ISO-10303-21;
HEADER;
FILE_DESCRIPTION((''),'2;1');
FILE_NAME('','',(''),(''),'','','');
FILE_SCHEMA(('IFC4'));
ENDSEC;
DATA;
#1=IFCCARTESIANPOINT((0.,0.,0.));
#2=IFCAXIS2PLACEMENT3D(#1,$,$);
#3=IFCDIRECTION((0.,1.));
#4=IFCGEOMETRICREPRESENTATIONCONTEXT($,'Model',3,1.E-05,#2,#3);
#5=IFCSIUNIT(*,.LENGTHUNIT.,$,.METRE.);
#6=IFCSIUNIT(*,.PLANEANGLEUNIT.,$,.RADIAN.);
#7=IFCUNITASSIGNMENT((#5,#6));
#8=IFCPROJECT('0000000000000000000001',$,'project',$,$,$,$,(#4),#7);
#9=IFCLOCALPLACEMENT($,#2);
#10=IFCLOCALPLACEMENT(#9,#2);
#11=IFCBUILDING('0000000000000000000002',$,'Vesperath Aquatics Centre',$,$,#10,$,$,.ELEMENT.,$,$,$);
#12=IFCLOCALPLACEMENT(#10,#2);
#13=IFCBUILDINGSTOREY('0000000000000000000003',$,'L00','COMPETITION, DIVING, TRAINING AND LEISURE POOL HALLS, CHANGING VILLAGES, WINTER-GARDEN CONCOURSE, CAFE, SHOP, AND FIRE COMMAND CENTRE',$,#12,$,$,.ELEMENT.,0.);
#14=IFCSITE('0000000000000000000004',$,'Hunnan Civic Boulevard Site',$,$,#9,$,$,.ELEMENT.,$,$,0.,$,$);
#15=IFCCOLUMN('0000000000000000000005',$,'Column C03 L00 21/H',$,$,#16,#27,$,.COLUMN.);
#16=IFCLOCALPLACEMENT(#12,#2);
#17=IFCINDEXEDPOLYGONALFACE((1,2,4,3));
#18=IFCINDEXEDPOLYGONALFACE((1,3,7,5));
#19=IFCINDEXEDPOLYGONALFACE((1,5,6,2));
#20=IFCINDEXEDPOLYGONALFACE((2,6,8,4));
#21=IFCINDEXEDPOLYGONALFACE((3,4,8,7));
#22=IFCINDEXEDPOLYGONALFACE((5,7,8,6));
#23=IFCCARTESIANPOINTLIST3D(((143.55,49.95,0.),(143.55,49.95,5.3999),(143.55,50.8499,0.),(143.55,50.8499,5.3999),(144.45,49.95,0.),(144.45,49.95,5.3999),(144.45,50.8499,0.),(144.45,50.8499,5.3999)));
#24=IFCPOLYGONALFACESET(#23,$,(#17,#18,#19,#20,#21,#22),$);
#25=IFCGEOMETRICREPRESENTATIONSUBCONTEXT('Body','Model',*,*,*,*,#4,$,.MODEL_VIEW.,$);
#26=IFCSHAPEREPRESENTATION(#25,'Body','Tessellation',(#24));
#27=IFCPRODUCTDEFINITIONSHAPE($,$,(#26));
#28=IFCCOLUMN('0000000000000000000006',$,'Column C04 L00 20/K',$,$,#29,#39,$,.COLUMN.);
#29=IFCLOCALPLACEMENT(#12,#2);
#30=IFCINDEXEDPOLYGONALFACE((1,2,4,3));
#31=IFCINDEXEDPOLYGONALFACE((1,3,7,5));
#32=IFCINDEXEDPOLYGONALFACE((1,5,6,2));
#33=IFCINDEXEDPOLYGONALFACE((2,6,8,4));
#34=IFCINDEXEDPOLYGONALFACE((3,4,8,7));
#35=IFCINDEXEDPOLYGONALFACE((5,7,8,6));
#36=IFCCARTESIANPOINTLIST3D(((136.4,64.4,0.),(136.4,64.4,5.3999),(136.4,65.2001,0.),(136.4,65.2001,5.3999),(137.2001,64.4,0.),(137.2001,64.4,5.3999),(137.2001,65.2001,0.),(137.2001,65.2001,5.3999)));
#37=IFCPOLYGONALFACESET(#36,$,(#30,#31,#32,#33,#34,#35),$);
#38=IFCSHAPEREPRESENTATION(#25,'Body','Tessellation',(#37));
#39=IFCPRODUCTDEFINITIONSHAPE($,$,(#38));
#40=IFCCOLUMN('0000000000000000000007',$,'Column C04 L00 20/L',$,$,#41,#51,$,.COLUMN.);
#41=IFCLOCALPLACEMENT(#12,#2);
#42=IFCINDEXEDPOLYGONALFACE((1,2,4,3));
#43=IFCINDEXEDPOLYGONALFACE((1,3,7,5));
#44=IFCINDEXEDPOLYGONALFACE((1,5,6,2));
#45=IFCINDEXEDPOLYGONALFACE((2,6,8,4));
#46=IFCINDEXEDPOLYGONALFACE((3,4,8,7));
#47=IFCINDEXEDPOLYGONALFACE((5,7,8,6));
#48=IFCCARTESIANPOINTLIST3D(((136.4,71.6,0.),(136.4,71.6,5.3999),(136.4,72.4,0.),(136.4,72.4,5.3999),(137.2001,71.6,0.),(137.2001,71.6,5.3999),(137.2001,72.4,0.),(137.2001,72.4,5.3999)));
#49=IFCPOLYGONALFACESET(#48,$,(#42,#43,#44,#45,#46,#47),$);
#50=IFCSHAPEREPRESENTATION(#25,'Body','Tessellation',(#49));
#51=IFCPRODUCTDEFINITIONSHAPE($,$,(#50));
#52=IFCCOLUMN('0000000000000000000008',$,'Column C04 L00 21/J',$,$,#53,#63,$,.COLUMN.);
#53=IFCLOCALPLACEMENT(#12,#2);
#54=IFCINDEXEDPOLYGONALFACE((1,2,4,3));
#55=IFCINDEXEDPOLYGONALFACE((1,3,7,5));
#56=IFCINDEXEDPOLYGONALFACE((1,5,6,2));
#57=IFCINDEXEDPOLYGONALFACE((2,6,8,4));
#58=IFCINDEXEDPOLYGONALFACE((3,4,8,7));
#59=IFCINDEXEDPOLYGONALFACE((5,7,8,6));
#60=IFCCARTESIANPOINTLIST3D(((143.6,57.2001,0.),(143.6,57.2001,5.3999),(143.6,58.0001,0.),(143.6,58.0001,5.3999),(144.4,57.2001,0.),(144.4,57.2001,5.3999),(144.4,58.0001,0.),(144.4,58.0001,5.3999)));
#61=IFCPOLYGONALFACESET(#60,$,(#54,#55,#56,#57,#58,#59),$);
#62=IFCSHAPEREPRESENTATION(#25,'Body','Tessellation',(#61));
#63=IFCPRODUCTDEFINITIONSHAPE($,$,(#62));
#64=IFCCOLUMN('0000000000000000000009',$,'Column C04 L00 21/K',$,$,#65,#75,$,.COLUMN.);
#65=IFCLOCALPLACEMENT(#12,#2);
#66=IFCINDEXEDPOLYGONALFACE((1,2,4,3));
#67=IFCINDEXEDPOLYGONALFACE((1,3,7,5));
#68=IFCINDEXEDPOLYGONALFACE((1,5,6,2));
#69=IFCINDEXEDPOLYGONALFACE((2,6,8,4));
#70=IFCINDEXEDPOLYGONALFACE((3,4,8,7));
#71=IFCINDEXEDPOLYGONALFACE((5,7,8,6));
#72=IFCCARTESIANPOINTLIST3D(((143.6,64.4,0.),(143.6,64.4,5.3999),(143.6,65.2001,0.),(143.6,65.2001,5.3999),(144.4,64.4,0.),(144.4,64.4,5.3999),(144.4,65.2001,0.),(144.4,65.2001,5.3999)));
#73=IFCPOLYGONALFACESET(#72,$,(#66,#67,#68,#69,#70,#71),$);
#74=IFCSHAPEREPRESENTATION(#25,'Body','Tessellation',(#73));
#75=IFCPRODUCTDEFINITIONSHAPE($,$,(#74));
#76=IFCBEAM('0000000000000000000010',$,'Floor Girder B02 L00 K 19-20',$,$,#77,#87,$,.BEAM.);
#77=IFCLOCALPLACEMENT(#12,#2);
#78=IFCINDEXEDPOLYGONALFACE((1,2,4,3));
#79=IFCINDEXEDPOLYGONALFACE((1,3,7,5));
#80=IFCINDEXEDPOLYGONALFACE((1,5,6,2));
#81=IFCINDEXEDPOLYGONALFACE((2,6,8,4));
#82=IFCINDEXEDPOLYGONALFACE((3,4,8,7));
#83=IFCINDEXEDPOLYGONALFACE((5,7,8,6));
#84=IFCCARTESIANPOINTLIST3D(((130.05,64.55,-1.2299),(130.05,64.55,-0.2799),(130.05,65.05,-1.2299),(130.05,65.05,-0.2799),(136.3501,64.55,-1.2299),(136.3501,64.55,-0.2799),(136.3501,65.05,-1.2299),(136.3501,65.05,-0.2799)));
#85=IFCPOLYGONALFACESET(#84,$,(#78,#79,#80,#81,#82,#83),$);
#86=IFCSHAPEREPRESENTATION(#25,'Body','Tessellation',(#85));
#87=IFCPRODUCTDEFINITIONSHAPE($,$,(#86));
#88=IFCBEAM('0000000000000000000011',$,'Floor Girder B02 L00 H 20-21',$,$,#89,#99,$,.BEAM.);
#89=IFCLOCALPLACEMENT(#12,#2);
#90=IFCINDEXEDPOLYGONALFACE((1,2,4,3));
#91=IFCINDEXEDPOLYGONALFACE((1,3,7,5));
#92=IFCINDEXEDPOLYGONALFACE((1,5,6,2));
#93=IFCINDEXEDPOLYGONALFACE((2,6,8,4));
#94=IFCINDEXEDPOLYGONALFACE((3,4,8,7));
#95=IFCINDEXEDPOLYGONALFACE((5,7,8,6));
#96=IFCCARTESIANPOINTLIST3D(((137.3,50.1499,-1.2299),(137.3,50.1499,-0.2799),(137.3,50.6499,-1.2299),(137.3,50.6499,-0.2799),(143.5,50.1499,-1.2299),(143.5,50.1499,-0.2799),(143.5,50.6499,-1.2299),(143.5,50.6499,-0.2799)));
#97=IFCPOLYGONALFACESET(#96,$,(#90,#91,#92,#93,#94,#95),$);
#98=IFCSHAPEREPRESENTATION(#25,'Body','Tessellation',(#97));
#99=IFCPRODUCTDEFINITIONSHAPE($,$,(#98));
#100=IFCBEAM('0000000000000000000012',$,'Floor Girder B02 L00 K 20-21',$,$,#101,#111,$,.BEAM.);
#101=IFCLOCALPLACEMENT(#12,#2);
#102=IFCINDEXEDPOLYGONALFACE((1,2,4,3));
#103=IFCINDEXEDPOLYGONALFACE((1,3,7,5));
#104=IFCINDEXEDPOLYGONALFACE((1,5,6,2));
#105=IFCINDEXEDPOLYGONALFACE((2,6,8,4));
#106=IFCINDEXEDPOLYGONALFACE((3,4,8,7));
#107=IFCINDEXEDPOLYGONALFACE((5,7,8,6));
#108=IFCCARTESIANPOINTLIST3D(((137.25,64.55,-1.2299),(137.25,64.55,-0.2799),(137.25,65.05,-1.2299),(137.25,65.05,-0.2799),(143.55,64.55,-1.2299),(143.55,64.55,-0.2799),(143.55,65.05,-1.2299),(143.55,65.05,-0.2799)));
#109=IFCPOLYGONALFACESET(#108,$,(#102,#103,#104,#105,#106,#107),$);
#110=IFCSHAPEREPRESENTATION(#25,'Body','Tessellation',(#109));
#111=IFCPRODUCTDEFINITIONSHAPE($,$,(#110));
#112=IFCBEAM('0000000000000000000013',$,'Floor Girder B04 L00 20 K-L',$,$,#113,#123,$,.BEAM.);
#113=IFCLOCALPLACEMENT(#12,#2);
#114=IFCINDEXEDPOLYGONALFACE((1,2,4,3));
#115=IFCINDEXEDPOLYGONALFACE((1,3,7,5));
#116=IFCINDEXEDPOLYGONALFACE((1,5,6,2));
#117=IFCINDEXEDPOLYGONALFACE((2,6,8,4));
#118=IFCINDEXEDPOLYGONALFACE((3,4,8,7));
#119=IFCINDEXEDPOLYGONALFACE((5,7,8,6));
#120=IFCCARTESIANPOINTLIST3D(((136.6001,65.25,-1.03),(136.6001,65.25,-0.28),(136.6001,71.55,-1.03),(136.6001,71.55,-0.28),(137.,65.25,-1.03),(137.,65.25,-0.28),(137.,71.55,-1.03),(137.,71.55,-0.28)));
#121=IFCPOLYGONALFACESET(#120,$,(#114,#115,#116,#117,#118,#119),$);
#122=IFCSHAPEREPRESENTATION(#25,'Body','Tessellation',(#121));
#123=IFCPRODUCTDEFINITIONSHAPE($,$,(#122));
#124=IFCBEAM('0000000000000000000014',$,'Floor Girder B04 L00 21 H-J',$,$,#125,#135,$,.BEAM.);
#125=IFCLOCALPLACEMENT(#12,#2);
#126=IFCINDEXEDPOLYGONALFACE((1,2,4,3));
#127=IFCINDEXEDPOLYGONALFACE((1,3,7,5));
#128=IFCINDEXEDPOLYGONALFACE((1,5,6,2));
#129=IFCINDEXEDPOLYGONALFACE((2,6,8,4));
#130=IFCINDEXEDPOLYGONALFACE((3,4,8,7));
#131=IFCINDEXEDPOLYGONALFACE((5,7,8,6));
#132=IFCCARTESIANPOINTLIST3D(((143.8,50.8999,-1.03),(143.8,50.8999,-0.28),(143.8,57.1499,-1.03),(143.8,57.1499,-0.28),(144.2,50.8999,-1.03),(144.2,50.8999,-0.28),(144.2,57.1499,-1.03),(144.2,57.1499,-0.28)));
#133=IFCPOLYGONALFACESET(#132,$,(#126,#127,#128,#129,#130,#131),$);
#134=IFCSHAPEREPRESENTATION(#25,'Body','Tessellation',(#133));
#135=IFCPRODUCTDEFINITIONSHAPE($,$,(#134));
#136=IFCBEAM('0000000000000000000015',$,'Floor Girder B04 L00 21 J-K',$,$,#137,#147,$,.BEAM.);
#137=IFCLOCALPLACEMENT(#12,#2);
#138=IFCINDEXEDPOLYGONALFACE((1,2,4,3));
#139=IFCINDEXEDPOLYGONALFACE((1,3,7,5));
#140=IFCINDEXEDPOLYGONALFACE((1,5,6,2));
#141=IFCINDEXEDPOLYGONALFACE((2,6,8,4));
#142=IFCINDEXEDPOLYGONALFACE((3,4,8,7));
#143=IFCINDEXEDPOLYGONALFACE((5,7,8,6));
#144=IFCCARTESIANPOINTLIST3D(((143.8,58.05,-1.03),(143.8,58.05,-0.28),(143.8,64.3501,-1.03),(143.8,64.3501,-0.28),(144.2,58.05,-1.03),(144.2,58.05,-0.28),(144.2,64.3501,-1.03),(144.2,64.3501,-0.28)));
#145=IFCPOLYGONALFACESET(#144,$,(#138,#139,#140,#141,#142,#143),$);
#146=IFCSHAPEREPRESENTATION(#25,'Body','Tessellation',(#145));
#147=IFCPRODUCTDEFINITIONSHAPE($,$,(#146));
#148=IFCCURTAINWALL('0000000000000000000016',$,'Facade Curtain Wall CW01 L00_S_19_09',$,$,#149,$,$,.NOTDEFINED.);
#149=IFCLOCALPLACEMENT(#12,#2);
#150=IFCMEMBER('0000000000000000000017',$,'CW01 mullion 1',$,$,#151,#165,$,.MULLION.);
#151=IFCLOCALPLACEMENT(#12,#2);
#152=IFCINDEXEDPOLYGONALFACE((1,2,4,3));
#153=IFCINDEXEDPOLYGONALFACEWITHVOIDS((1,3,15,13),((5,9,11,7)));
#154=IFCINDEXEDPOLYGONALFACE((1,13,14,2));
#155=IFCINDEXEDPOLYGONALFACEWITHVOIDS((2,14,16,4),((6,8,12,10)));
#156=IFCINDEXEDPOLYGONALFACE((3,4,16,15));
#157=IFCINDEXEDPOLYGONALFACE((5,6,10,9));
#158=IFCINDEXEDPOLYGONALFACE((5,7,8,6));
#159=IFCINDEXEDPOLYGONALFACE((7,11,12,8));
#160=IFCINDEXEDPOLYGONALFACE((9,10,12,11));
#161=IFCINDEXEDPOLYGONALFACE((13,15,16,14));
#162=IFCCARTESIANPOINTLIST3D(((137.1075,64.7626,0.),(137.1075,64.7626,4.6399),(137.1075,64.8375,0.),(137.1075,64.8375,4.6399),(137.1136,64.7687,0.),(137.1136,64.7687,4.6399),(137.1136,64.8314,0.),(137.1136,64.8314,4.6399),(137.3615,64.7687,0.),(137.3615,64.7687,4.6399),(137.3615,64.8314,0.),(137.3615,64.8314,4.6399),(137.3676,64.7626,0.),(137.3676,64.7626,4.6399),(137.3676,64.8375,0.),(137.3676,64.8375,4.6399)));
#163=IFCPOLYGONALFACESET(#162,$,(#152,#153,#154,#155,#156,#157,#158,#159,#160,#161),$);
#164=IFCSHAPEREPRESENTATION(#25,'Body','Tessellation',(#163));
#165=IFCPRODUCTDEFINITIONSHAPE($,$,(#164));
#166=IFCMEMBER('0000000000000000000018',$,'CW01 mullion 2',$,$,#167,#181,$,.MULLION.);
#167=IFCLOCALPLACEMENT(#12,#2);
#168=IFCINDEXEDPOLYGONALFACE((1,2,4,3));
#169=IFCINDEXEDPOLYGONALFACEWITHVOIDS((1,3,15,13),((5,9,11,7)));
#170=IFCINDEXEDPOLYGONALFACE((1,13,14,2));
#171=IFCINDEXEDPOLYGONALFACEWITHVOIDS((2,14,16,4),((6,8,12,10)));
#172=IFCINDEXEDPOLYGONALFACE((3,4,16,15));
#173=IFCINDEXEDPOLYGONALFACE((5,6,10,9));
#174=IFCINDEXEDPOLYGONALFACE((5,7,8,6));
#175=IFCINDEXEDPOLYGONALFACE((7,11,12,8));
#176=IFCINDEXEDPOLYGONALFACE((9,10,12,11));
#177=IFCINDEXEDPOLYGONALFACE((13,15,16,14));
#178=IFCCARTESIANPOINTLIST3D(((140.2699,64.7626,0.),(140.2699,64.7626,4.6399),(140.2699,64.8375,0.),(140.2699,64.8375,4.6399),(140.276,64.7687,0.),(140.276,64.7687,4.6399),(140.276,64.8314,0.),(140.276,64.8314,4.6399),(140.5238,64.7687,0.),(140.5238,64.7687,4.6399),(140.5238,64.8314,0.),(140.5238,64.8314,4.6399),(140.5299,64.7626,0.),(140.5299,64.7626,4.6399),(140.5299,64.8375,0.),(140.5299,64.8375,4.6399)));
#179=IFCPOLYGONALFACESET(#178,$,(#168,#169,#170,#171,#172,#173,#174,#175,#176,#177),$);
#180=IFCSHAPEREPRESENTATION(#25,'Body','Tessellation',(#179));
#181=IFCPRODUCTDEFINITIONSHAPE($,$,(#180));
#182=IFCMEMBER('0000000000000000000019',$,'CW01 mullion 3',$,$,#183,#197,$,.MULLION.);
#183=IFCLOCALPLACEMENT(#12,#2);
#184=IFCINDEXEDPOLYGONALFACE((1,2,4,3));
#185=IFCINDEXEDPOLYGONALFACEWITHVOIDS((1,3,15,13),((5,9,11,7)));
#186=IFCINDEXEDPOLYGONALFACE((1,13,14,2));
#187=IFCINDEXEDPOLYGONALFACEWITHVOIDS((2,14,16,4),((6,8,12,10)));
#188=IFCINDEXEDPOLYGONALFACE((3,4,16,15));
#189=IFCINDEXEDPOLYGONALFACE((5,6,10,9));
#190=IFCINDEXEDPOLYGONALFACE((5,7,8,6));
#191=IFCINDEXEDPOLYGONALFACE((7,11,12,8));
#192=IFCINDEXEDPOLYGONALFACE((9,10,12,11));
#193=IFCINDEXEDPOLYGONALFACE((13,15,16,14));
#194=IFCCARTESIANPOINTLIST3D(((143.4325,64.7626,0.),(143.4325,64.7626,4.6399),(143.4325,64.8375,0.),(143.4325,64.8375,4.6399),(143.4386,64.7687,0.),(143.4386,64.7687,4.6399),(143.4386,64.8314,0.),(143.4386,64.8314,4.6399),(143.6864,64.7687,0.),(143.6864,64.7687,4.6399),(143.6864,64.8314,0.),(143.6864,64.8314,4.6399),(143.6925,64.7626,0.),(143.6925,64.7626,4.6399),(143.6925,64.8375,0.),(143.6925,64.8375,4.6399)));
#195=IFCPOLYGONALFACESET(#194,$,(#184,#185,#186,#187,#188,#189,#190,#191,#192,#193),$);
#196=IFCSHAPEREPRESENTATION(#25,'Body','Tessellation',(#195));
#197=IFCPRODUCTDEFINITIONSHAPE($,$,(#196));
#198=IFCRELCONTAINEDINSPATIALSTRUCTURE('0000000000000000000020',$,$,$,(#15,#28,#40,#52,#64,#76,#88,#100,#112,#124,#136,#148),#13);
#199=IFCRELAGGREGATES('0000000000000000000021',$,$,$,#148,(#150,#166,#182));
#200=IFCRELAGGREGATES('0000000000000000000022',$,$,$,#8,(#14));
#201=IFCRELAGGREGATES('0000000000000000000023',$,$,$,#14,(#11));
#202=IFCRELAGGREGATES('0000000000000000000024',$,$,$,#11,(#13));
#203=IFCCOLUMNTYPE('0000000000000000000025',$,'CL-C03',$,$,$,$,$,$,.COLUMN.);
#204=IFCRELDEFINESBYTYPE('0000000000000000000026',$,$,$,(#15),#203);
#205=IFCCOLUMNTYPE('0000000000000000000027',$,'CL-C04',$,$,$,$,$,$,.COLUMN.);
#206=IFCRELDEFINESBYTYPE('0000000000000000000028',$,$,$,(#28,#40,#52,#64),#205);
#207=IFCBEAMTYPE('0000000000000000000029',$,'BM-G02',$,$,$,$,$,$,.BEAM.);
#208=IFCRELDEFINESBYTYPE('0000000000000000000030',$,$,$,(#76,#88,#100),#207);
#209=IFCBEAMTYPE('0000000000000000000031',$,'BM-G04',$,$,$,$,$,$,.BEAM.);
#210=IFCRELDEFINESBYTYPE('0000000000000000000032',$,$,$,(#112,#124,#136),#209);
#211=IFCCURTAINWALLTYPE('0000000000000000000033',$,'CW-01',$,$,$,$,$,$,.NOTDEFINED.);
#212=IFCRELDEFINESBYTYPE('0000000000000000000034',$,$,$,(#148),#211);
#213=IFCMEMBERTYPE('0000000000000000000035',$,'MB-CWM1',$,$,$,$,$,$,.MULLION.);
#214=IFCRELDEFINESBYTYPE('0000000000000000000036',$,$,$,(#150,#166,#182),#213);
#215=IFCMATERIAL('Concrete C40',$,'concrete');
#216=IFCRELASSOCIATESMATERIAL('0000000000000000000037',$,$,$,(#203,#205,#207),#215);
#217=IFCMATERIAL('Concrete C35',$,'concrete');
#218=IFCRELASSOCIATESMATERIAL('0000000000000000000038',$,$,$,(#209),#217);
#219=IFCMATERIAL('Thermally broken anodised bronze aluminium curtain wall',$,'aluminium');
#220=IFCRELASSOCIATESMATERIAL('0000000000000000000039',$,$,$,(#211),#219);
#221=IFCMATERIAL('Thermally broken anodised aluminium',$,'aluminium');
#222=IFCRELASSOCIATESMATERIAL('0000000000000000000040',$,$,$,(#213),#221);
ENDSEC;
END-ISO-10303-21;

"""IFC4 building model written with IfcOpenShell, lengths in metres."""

from ifc_helpers import new_model, si_unit, direction, frame, origin, origin_2d, place, context, subcontext, project, spatial, rectangle, hollow_rectangle, extrude, material, material_profile, profile_set, type_object, element, aggregate, save


model = new_model("IFC4")

# Units and contexts
model_context = context("Model", 3, precision=1e-05, world=origin(), true_north=direction((0.0, 1.0)))
body_context = subcontext(model_context, "Body", "Model", "MODEL_VIEW")
ifc_project = project(units=[si_unit("LENGTHUNIT", "METRE"), si_unit("PLANEANGLEUNIT", "RADIAN")], contexts=[model_context])

# Site, building, storey
site_placement = place(None, origin())
site = spatial("IfcSite", under=ifc_project, at=site_placement, Name="Hunnan Civic Boulevard Site", CompositionType="ELEMENT", RefElevation=0.0)
building_placement = place(site_placement, origin())
building = spatial("IfcBuilding", under=site, at=building_placement, Name="Vesperath Aquatics Centre", CompositionType="ELEMENT")
storey_placement = place(building_placement, origin())
storey = spatial("IfcBuildingStorey", under=building, at=storey_placement, Name="L00", Description="COMPETITION, DIVING, TRAINING AND LEISURE POOL HALLS, CHANGING VILLAGES, WINTER-GARDEN CONCOURSE, CAFE, SHOP, AND FIRE COMMAND CENTRE", CompositionType="ELEMENT", Elevation=0.0)

# Columns
ifc_material_1 = material(Name="Concrete C40", Category="concrete")
ifc_material_profile_1 = material_profile(ifc_material_1, rectangle(XDim=0.8999, YDim=0.8999, at=origin_2d()), Name="RC 900x900")
ifc_profile_set_1 = profile_set([ifc_material_profile_1], Name="Concrete C40")
column_type_1 = type_object("IfcColumnType", Name="CL-C03", PredefinedType="COLUMN", material=ifc_profile_set_1)
column_placement = place(storey_placement, frame((144.0, 50.3999, 0.0), z_axis=(0.0, 0.0, 1.0), x_axis=(1.0, 0.0, 0.0)))
element("IfcColumn", 1, at=column_placement, inside=storey, type_object=column_type_1, Name="Column C03 L00 21/H", PredefinedType="COLUMN", context=body_context, shape_type="SweptSolid", body=[
    extrude(rectangle(XDim=0.8999, YDim=0.8999, at=origin_2d()), origin(), (0.0, 0.0, 1.0), 5.3999),
])
ifc_material_profile_2 = material_profile(ifc_material_1, rectangle(XDim=0.8, YDim=0.8, at=origin_2d()), Name="RC 800x800")
ifc_profile_set_2 = profile_set([ifc_material_profile_2], Name="Concrete C40")
column_type_2 = type_object("IfcColumnType", Name="CL-C04", PredefinedType="COLUMN", material=ifc_profile_set_2)
for number, where, z_axis, x_axis, name in (
    (2, (136.8, 64.8, 0.0), (0.0, 0.0, 1.0), (1.0, 0.0, 0.0), "Column C04 L00 20/K"),
    (3, (136.8, 72.0, 0.0), (0.0, 0.0, 1.0), (1.0, 0.0, 0.0), "Column C04 L00 20/L"),
    (4, (144.0, 57.6001, 0.0), (0.0, 0.0, 1.0), (1.0, 0.0, 0.0), "Column C04 L00 21/J"),
    (5, (144.0, 64.8, 0.0), (0.0, 0.0, 1.0), (1.0, 0.0, 0.0), "Column C04 L00 21/K"),
):
    element("IfcColumn", number, at=place(storey_placement, frame(where, z_axis=z_axis, x_axis=x_axis)), inside=storey, type_object=column_type_2, Name=name, PredefinedType="COLUMN", context=body_context, shape_type="SweptSolid", body=[
        extrude(rectangle(XDim=0.8, YDim=0.8, at=origin_2d()), origin(), (0.0, 0.0, 1.0), 5.3999),
    ])

# Beams
ifc_material_profile_3 = material_profile(ifc_material_1, rectangle(XDim=0.5, YDim=0.95, at=origin_2d()), Name="RC 500x950")
ifc_profile_set_3 = profile_set([ifc_material_profile_3], Name="Concrete C40")
beam_type_1 = type_object("IfcBeamType", Name="BM-G02", PredefinedType="BEAM", material=ifc_profile_set_3)
beam_1_placement = place(storey_placement, frame((130.05, 64.8, -0.7549), z_axis=(1.0, 0.0, 0.0), x_axis=(0.0, 1.0, 0.0)))
element("IfcBeam", 6, at=beam_1_placement, inside=storey, type_object=beam_type_1, Name="Floor Girder B02 L00 K 19-20", PredefinedType="BEAM", context=body_context, shape_type="SweptSolid", body=[
    extrude(rectangle(XDim=0.5, YDim=0.95, at=origin_2d()), origin(), (0.0, 0.0, 1.0), 6.3),
])
beam_2_placement = place(storey_placement, frame((137.3, 50.3999, -0.7549), z_axis=(1.0, 0.0, 0.0), x_axis=(0.0, 1.0, 0.0)))
element("IfcBeam", 7, at=beam_2_placement, inside=storey, type_object=beam_type_1, Name="Floor Girder B02 L00 H 20-21", PredefinedType="BEAM", context=body_context, shape_type="SweptSolid", body=[
    extrude(rectangle(XDim=0.5, YDim=0.95, at=origin_2d()), origin(), (0.0, 0.0, 1.0), 6.2),
])
beam_3_placement = place(storey_placement, frame((137.25, 64.8, -0.7549), z_axis=(1.0, 0.0, 0.0), x_axis=(0.0, 1.0, 0.0)))
element("IfcBeam", 8, at=beam_3_placement, inside=storey, type_object=beam_type_1, Name="Floor Girder B02 L00 K 20-21", PredefinedType="BEAM", context=body_context, shape_type="SweptSolid", body=[
    extrude(rectangle(XDim=0.5, YDim=0.95, at=origin_2d()), origin(), (0.0, 0.0, 1.0), 6.3),
])
ifc_material_2 = material(Name="Concrete C35", Category="concrete")
ifc_material_profile_4 = material_profile(ifc_material_2, rectangle(XDim=0.3999, YDim=0.75, at=origin_2d()), Name="RC 400x750")
ifc_profile_set_4 = profile_set([ifc_material_profile_4], Name="Concrete C35")
beam_type_2 = type_object("IfcBeamType", Name="BM-G04", PredefinedType="BEAM", material=ifc_profile_set_4)
beam_4_placement = place(storey_placement, frame((136.8, 65.25, -0.655), z_axis=(0.0, 1.0, 0.0), x_axis=(-1.0, 0.0, 0.0)))
element("IfcBeam", 9, at=beam_4_placement, inside=storey, type_object=beam_type_2, Name="Floor Girder B04 L00 20 K-L", PredefinedType="BEAM", context=body_context, shape_type="SweptSolid", body=[
    extrude(rectangle(XDim=0.3999, YDim=0.75, at=origin_2d()), origin(), (0.0, 0.0, 1.0), 6.3),
])
beam_5_placement = place(storey_placement, frame((144.0, 50.8999, -0.655), z_axis=(0.0, 1.0, 0.0), x_axis=(-1.0, 0.0, 0.0)))
element("IfcBeam", 10, at=beam_5_placement, inside=storey, type_object=beam_type_2, Name="Floor Girder B04 L00 21 H-J", PredefinedType="BEAM", context=body_context, shape_type="SweptSolid", body=[
    extrude(rectangle(XDim=0.3999, YDim=0.75, at=origin_2d()), origin(), (0.0, 0.0, 1.0), 6.25),
])
beam_6_placement = place(storey_placement, frame((144.0, 58.05, -0.655), z_axis=(0.0, 1.0, 0.0), x_axis=(-1.0, 0.0, 0.0)))
element("IfcBeam", 11, at=beam_6_placement, inside=storey, type_object=beam_type_2, Name="Floor Girder B04 L00 21 J-K", PredefinedType="BEAM", context=body_context, shape_type="SweptSolid", body=[
    extrude(rectangle(XDim=0.3999, YDim=0.75, at=origin_2d()), origin(), (0.0, 0.0, 1.0), 6.3),
])

# Curtain wall, members
ifc_material_3 = material(Name="Thermally broken anodised bronze aluminium curtain wall", Category="aluminium")
curtain_wall_type = type_object("IfcCurtainWallType", Name="CW-01", PredefinedType="NOTDEFINED", material=ifc_material_3)
curtain_wall_placement = place(storey_placement, origin())
curtain_wall = element("IfcCurtainWall", 12, at=curtain_wall_placement, inside=storey, type_object=curtain_wall_type, Name="Facade Curtain Wall CW01 L00_S_19_09", PredefinedType="NOTDEFINED")
ifc_material_4 = material(Name="Thermally broken anodised aluminium", Category="aluminium")
ifc_material_profile_5 = material_profile(ifc_material_4, hollow_rectangle(XDim=0.075, YDim=0.26, WallThickness=0.0061, at=origin_2d()), Name="CWM 75x260x6")
ifc_profile_set_5 = profile_set([ifc_material_profile_5], Name="Thermally broken anodised aluminium")
member_type_1 = type_object("IfcMemberType", Name="MB-CWM1", PredefinedType="MULLION", material=ifc_profile_set_5)
member_1_placement = place(storey_placement, frame((137.2375, 64.8, 0.0), z_axis=(0.0, 0.0, 1.0), x_axis=(0.0, 1.0, 0.0)))
member_1 = element("IfcMember", 13, at=member_1_placement, type_object=member_type_1, Name="CW01 mullion 1", PredefinedType="MULLION", context=body_context, shape_type="SweptSolid", body=[
    extrude(hollow_rectangle(XDim=0.075, YDim=0.26, WallThickness=0.0061, at=origin_2d()), origin(), (0.0, 0.0, 1.0), 4.6399),
])
member_2_placement = place(storey_placement, frame((140.3999, 64.8, 0.0), z_axis=(0.0, 0.0, 1.0), x_axis=(0.0, 1.0, 0.0)))
member_2 = element("IfcMember", 14, at=member_2_placement, type_object=member_type_1, Name="CW01 mullion 2", PredefinedType="MULLION", context=body_context, shape_type="SweptSolid", body=[
    extrude(hollow_rectangle(XDim=0.075, YDim=0.26, WallThickness=0.0061, at=origin_2d()), origin(), (0.0, 0.0, 1.0), 4.6399),
])
member_3_placement = place(storey_placement, frame((143.5625, 64.8, 0.0), z_axis=(0.0, 0.0, 1.0), x_axis=(0.0, 1.0, 0.0)))
member_3 = element("IfcMember", 15, at=member_3_placement, type_object=member_type_1, Name="CW01 mullion 3", PredefinedType="MULLION", context=body_context, shape_type="SweptSolid", body=[
    extrude(hollow_rectangle(XDim=0.075, YDim=0.26, WallThickness=0.0061, at=origin_2d()), origin(), (0.0, 0.0, 1.0), 4.6399),
])
aggregate(curtain_wall, [member_1, member_2, member_3])

save(model, "model.ifc")
